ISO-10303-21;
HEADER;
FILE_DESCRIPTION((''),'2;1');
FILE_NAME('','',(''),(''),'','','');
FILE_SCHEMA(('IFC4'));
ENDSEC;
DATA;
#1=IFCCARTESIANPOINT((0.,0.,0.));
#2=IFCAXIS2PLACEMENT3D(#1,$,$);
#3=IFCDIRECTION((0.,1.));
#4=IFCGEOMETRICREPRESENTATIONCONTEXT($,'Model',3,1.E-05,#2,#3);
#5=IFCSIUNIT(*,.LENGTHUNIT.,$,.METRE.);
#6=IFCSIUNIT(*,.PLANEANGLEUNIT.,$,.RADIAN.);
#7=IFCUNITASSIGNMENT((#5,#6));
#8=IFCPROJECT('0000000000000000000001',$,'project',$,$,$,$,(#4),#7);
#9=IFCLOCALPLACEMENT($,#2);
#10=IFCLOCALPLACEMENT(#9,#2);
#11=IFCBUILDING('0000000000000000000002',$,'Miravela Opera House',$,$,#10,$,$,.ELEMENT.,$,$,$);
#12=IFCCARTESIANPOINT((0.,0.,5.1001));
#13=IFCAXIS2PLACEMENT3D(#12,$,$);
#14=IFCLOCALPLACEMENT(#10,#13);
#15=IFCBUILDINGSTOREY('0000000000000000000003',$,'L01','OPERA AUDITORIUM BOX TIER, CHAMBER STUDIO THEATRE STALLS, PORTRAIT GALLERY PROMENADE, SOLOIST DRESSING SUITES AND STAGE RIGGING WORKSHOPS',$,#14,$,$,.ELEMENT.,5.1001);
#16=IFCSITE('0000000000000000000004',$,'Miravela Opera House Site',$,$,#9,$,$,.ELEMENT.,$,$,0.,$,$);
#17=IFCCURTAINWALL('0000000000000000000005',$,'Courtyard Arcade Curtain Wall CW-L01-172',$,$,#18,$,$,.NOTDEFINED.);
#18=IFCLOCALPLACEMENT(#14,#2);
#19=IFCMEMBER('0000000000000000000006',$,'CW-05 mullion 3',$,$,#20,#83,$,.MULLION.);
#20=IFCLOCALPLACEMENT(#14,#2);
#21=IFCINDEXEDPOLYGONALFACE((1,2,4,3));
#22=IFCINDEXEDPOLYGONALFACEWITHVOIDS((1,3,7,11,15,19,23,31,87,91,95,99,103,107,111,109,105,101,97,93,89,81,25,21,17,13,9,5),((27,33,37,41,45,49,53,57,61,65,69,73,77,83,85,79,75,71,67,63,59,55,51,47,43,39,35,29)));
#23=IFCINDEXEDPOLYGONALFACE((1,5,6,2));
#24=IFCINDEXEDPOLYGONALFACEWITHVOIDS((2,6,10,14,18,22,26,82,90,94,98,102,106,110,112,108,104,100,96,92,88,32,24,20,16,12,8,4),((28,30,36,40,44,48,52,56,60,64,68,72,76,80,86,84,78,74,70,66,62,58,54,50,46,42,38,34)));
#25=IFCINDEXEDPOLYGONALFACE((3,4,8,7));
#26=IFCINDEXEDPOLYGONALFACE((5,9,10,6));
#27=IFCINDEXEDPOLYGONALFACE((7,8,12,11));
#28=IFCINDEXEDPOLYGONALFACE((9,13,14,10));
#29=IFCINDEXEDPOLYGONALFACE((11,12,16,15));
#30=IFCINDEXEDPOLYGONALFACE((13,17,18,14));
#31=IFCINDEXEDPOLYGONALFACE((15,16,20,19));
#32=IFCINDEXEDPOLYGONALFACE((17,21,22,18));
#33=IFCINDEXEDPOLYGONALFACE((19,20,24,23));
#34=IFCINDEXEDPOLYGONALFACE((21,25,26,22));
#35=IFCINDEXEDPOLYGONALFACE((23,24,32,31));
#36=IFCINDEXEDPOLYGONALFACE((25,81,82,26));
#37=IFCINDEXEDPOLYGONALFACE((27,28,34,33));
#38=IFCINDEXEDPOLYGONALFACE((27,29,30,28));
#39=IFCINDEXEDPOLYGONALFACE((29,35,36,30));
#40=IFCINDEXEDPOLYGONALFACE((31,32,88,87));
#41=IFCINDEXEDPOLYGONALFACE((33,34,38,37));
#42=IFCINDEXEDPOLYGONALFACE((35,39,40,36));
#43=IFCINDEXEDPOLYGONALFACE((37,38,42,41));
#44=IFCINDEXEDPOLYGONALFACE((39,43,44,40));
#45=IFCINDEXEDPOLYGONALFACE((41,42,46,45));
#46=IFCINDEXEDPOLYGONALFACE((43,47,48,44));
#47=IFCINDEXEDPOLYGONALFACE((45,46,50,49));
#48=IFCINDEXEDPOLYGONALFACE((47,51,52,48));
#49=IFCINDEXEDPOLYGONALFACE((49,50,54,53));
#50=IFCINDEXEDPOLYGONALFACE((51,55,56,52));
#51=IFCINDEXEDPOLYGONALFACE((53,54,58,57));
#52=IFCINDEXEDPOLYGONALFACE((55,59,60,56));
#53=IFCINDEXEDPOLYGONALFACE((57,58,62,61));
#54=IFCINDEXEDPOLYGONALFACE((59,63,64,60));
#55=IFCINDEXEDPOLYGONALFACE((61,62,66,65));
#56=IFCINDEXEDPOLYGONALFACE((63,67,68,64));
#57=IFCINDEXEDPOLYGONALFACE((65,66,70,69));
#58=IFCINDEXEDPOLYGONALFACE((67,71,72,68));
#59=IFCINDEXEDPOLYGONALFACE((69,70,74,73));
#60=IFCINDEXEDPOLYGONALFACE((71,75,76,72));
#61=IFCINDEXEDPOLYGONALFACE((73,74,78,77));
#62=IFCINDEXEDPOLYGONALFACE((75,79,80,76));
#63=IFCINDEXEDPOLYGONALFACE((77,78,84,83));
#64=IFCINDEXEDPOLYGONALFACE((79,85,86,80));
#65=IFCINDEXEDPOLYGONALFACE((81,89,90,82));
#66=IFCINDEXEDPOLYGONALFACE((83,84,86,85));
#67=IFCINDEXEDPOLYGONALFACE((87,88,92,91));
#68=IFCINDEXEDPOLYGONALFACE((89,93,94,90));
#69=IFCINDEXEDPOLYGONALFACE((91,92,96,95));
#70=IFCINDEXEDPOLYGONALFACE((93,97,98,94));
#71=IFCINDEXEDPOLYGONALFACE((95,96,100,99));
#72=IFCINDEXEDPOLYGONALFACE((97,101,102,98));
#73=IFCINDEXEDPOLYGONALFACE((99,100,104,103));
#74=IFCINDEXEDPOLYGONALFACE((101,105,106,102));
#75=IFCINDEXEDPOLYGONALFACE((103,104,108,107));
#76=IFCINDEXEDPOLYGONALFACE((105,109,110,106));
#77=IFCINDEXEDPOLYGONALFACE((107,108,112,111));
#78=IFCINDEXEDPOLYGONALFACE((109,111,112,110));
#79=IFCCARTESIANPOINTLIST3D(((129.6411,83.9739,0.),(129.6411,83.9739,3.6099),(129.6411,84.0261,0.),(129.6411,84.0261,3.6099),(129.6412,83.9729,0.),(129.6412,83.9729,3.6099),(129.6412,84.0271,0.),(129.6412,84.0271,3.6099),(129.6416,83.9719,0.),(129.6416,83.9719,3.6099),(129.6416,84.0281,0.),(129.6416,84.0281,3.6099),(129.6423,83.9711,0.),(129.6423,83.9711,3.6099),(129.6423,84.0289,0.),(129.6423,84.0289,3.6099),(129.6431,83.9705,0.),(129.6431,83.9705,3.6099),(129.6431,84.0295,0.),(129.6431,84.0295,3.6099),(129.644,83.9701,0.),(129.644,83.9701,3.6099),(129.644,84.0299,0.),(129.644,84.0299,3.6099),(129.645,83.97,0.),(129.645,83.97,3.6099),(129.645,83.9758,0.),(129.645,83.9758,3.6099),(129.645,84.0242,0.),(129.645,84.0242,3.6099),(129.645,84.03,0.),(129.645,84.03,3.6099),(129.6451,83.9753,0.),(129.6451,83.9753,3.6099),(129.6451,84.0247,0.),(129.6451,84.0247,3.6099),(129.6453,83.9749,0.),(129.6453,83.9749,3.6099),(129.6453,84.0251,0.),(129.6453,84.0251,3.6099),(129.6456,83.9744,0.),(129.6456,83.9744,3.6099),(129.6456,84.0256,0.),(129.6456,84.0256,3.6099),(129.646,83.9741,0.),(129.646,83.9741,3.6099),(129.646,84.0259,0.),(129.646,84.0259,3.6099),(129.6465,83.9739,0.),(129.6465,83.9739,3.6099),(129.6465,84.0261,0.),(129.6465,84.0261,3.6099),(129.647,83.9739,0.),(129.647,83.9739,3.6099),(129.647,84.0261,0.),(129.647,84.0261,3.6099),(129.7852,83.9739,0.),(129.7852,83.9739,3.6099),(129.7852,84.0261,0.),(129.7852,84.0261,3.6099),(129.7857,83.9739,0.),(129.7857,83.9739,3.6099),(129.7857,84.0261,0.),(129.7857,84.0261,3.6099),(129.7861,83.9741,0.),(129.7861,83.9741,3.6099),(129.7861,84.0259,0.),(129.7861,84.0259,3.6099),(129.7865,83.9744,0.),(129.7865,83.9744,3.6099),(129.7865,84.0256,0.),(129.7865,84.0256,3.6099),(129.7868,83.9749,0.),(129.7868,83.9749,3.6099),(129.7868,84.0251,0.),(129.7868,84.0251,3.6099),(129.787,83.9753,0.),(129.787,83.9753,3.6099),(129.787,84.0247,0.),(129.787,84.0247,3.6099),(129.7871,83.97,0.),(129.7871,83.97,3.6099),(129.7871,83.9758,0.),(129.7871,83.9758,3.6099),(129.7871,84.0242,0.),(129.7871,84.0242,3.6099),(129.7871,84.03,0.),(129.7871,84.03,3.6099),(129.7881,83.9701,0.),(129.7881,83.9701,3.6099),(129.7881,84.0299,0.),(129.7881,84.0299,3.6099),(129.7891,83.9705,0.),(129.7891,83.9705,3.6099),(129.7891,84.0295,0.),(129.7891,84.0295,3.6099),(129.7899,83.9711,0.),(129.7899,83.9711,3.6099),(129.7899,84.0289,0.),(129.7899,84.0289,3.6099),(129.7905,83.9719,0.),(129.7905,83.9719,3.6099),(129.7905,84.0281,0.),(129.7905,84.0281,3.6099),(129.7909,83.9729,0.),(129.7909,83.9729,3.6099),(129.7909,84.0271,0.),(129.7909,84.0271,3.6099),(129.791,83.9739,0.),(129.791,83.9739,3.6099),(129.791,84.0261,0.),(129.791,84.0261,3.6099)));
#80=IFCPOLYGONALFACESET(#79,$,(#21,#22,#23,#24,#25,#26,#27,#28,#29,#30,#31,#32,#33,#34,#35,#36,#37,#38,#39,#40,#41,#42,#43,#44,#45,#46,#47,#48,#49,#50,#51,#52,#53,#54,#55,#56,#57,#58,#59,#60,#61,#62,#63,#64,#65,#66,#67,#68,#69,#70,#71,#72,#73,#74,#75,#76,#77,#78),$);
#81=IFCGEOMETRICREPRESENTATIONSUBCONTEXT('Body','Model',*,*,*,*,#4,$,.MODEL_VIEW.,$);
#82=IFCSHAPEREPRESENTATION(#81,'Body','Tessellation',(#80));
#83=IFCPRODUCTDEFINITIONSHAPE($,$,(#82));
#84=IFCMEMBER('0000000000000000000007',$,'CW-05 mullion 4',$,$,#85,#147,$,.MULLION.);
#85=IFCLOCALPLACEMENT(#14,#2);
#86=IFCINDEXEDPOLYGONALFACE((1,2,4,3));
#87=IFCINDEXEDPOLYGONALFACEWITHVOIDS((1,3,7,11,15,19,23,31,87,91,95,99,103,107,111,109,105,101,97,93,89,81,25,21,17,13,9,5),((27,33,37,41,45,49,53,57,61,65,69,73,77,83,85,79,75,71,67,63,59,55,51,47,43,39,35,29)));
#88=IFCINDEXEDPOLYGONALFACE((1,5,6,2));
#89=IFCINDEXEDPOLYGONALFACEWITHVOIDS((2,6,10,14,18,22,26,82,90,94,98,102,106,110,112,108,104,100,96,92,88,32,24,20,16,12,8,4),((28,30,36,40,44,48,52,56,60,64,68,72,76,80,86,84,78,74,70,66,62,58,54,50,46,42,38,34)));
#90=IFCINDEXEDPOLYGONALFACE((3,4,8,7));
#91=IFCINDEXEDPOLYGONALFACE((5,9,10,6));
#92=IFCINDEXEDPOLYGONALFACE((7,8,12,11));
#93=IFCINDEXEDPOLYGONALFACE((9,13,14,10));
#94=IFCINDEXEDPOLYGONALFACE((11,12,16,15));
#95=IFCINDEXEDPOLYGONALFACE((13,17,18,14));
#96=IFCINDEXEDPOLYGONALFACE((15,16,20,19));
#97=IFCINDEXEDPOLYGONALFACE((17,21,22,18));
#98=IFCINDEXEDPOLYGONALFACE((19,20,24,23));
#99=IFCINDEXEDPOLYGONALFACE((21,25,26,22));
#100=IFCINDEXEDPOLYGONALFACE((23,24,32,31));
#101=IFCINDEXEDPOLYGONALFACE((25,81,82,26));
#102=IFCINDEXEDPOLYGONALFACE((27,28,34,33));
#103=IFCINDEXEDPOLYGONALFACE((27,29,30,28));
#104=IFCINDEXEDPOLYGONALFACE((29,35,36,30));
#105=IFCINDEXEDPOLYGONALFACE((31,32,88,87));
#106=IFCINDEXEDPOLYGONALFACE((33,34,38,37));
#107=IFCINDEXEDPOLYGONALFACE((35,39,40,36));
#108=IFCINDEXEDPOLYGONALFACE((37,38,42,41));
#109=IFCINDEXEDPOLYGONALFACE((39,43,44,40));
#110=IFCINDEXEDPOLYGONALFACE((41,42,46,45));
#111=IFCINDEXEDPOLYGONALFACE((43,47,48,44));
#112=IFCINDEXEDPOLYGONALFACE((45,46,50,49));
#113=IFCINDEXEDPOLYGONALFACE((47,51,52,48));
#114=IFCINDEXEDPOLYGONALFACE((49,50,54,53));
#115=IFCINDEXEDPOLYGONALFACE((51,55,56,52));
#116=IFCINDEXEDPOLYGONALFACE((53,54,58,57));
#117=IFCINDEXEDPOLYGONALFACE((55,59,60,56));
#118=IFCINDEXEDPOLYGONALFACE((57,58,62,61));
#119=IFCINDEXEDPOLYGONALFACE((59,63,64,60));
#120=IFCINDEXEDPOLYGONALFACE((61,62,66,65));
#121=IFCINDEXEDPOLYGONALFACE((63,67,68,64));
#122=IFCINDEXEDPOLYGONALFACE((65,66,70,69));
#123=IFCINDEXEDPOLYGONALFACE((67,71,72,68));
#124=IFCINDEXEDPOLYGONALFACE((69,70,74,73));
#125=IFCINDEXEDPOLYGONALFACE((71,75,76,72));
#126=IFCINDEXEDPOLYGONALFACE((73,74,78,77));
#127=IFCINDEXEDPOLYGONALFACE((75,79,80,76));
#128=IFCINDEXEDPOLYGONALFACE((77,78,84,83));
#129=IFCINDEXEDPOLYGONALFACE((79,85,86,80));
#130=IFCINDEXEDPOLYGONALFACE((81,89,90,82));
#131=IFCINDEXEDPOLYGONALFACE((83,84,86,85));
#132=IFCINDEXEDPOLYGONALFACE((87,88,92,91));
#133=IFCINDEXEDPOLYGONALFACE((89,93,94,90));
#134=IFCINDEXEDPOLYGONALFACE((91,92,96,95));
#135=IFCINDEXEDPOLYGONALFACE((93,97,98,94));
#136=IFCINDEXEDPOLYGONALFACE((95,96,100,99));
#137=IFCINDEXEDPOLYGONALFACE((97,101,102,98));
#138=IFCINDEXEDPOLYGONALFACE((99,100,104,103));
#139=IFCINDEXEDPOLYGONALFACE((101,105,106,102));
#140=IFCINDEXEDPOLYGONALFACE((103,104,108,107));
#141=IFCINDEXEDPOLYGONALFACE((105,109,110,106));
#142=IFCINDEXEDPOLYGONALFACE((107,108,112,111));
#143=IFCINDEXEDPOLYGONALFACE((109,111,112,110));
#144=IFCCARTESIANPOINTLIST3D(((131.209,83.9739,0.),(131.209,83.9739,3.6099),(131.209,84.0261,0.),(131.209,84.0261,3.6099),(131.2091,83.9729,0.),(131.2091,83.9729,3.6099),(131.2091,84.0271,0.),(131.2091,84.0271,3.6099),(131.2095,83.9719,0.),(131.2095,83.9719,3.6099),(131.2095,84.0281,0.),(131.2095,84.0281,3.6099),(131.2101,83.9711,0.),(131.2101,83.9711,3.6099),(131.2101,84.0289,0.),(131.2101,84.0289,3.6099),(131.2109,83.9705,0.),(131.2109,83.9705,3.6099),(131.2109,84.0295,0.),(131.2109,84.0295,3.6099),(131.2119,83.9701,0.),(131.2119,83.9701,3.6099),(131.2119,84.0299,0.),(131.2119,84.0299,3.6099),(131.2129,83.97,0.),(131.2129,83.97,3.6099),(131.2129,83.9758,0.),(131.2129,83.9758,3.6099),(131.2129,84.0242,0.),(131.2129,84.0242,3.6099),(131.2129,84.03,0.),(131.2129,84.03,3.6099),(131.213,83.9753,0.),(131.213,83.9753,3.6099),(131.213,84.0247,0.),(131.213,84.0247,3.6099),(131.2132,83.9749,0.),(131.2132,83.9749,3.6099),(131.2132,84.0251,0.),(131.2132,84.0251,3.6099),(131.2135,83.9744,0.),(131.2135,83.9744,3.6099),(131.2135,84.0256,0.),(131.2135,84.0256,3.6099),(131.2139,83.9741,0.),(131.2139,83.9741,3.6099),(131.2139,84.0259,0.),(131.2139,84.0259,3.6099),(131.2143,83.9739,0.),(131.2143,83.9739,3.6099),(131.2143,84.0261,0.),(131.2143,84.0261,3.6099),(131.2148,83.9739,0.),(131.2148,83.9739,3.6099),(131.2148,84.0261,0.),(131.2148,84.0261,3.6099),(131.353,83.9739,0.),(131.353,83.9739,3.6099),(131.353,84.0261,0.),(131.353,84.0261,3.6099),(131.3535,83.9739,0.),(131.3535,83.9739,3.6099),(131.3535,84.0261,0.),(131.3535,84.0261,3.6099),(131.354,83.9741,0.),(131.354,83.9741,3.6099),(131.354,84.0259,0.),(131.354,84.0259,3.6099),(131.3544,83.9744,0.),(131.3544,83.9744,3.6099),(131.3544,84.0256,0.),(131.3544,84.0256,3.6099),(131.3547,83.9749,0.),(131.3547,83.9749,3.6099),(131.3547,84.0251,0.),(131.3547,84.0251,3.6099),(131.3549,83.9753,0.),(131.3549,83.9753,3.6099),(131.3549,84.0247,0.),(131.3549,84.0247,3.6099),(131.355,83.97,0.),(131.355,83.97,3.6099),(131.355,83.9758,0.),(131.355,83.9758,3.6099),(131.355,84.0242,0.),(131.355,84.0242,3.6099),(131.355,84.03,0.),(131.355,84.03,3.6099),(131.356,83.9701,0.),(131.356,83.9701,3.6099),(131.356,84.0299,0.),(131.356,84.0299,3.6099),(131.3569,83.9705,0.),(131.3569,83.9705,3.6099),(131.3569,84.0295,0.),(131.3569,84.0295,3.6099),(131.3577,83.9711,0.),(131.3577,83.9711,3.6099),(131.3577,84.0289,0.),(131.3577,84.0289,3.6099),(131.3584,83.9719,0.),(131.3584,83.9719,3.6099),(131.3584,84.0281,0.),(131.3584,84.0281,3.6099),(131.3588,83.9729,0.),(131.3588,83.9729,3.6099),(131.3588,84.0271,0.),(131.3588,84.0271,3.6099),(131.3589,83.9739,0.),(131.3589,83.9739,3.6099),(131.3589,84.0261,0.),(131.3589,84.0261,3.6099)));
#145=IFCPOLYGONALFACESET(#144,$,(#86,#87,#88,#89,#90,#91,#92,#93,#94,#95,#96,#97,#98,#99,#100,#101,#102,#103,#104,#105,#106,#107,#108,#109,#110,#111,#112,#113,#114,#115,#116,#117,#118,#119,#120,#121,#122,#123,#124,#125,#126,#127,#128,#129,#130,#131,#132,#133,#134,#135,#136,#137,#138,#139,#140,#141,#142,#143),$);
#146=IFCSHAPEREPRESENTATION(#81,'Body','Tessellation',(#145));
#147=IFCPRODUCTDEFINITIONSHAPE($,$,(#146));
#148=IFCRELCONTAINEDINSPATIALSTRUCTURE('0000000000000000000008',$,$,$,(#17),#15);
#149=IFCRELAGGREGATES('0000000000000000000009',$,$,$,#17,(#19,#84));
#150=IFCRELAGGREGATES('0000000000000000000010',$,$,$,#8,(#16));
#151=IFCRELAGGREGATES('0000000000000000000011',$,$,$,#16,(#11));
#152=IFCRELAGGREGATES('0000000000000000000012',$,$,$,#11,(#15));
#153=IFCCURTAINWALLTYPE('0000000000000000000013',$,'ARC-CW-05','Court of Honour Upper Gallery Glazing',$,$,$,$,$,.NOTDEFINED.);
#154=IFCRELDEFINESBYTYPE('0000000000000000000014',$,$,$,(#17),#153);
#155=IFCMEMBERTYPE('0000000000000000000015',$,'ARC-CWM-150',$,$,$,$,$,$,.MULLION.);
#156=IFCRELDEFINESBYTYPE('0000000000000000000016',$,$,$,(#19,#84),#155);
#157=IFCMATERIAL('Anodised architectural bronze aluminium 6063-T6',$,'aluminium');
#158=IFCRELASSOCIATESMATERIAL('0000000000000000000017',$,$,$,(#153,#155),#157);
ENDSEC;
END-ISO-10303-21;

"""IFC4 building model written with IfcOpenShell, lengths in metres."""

from ifc_helpers import new_model, si_unit, direction, frame, origin, origin_2d, place, context, subcontext, project, spatial, hollow_rectangle, extrude, material, material_profile, profile_set, type_object, element, aggregate, save


model = new_model("IFC4")

# Units and contexts
model_context = context("Model", 3, precision=1e-05, world=origin(), true_north=direction((0.0, 1.0)))
body_context = subcontext(model_context, "Body", "Model", "MODEL_VIEW")
ifc_project = project(units=[si_unit("LENGTHUNIT", "METRE"), si_unit("PLANEANGLEUNIT", "RADIAN")], contexts=[model_context])

# Site, building, storey
site_placement = place(None, origin())
site = spatial("IfcSite", under=ifc_project, at=site_placement, Name="Miravela Opera House Site", CompositionType="ELEMENT", RefElevation=0.0)
building_placement = place(site_placement, origin())
building = spatial("IfcBuilding", under=site, at=building_placement, Name="Miravela Opera House", CompositionType="ELEMENT")
storey_placement = place(building_placement, frame((0.0, 0.0, 5.1001)))
storey = spatial("IfcBuildingStorey", under=building, at=storey_placement, Name="L01", Description="OPERA AUDITORIUM BOX TIER, CHAMBER STUDIO THEATRE STALLS, PORTRAIT GALLERY PROMENADE, SOLOIST DRESSING SUITES AND STAGE RIGGING WORKSHOPS", CompositionType="ELEMENT", Elevation=5.1001)

# Curtain wall, members
ifc_material_1 = material(Name="Anodised architectural bronze aluminium 6063-T6", Category="aluminium")
curtain_wall_type = type_object("IfcCurtainWallType", Name="ARC-CW-05", Description="Court of Honour Upper Gallery Glazing", PredefinedType="NOTDEFINED", material=ifc_material_1)
curtain_wall_placement = place(storey_placement, origin())
curtain_wall = element("IfcCurtainWall", 1, at=curtain_wall_placement, inside=storey, type_object=curtain_wall_type, Name="Courtyard Arcade Curtain Wall CW-L01-172", PredefinedType="NOTDEFINED")
ifc_material_profile_1 = material_profile(ifc_material_1, hollow_rectangle(XDim=0.0601, YDim=0.1499, WallThickness=0.0039, InnerFilletRadius=0.002, OuterFilletRadius=0.0039, at=origin_2d()), Name="CWM-60X150")
ifc_profile_set_1 = profile_set([ifc_material_profile_1])
member_type_1 = type_object("IfcMemberType", Name="ARC-CWM-150", PredefinedType="MULLION", material=ifc_profile_set_1)
member_1_placement = place(storey_placement, frame((129.7161, 84.0, 0.0), z_axis=(0.0, 0.0, 1.0), x_axis=(0.0, 1.0, 0.0)))
member_1 = element("IfcMember", 2, at=member_1_placement, type_object=member_type_1, Name="CW-05 mullion 3", PredefinedType="MULLION", context=body_context, shape_type="SweptSolid", body=[
    extrude(hollow_rectangle(XDim=0.0601, YDim=0.1499, WallThickness=0.0039, InnerFilletRadius=0.002, OuterFilletRadius=0.0039, at=origin_2d()), origin(), (0.0, 0.0, 1.0), 3.6099),
])
member_2_placement = place(storey_placement, frame((131.2839, 84.0, 0.0), z_axis=(0.0, 0.0, 1.0), x_axis=(0.0, 1.0, 0.0)))
member_2 = element("IfcMember", 3, at=member_2_placement, type_object=member_type_1, Name="CW-05 mullion 4", PredefinedType="MULLION", context=body_context, shape_type="SweptSolid", body=[
    extrude(hollow_rectangle(XDim=0.0601, YDim=0.1499, WallThickness=0.0039, InnerFilletRadius=0.002, OuterFilletRadius=0.0039, at=origin_2d()), origin(), (0.0, 0.0, 1.0), 3.6099),
])
aggregate(curtain_wall, [member_1, member_2])

save(model, "model.ifc")
